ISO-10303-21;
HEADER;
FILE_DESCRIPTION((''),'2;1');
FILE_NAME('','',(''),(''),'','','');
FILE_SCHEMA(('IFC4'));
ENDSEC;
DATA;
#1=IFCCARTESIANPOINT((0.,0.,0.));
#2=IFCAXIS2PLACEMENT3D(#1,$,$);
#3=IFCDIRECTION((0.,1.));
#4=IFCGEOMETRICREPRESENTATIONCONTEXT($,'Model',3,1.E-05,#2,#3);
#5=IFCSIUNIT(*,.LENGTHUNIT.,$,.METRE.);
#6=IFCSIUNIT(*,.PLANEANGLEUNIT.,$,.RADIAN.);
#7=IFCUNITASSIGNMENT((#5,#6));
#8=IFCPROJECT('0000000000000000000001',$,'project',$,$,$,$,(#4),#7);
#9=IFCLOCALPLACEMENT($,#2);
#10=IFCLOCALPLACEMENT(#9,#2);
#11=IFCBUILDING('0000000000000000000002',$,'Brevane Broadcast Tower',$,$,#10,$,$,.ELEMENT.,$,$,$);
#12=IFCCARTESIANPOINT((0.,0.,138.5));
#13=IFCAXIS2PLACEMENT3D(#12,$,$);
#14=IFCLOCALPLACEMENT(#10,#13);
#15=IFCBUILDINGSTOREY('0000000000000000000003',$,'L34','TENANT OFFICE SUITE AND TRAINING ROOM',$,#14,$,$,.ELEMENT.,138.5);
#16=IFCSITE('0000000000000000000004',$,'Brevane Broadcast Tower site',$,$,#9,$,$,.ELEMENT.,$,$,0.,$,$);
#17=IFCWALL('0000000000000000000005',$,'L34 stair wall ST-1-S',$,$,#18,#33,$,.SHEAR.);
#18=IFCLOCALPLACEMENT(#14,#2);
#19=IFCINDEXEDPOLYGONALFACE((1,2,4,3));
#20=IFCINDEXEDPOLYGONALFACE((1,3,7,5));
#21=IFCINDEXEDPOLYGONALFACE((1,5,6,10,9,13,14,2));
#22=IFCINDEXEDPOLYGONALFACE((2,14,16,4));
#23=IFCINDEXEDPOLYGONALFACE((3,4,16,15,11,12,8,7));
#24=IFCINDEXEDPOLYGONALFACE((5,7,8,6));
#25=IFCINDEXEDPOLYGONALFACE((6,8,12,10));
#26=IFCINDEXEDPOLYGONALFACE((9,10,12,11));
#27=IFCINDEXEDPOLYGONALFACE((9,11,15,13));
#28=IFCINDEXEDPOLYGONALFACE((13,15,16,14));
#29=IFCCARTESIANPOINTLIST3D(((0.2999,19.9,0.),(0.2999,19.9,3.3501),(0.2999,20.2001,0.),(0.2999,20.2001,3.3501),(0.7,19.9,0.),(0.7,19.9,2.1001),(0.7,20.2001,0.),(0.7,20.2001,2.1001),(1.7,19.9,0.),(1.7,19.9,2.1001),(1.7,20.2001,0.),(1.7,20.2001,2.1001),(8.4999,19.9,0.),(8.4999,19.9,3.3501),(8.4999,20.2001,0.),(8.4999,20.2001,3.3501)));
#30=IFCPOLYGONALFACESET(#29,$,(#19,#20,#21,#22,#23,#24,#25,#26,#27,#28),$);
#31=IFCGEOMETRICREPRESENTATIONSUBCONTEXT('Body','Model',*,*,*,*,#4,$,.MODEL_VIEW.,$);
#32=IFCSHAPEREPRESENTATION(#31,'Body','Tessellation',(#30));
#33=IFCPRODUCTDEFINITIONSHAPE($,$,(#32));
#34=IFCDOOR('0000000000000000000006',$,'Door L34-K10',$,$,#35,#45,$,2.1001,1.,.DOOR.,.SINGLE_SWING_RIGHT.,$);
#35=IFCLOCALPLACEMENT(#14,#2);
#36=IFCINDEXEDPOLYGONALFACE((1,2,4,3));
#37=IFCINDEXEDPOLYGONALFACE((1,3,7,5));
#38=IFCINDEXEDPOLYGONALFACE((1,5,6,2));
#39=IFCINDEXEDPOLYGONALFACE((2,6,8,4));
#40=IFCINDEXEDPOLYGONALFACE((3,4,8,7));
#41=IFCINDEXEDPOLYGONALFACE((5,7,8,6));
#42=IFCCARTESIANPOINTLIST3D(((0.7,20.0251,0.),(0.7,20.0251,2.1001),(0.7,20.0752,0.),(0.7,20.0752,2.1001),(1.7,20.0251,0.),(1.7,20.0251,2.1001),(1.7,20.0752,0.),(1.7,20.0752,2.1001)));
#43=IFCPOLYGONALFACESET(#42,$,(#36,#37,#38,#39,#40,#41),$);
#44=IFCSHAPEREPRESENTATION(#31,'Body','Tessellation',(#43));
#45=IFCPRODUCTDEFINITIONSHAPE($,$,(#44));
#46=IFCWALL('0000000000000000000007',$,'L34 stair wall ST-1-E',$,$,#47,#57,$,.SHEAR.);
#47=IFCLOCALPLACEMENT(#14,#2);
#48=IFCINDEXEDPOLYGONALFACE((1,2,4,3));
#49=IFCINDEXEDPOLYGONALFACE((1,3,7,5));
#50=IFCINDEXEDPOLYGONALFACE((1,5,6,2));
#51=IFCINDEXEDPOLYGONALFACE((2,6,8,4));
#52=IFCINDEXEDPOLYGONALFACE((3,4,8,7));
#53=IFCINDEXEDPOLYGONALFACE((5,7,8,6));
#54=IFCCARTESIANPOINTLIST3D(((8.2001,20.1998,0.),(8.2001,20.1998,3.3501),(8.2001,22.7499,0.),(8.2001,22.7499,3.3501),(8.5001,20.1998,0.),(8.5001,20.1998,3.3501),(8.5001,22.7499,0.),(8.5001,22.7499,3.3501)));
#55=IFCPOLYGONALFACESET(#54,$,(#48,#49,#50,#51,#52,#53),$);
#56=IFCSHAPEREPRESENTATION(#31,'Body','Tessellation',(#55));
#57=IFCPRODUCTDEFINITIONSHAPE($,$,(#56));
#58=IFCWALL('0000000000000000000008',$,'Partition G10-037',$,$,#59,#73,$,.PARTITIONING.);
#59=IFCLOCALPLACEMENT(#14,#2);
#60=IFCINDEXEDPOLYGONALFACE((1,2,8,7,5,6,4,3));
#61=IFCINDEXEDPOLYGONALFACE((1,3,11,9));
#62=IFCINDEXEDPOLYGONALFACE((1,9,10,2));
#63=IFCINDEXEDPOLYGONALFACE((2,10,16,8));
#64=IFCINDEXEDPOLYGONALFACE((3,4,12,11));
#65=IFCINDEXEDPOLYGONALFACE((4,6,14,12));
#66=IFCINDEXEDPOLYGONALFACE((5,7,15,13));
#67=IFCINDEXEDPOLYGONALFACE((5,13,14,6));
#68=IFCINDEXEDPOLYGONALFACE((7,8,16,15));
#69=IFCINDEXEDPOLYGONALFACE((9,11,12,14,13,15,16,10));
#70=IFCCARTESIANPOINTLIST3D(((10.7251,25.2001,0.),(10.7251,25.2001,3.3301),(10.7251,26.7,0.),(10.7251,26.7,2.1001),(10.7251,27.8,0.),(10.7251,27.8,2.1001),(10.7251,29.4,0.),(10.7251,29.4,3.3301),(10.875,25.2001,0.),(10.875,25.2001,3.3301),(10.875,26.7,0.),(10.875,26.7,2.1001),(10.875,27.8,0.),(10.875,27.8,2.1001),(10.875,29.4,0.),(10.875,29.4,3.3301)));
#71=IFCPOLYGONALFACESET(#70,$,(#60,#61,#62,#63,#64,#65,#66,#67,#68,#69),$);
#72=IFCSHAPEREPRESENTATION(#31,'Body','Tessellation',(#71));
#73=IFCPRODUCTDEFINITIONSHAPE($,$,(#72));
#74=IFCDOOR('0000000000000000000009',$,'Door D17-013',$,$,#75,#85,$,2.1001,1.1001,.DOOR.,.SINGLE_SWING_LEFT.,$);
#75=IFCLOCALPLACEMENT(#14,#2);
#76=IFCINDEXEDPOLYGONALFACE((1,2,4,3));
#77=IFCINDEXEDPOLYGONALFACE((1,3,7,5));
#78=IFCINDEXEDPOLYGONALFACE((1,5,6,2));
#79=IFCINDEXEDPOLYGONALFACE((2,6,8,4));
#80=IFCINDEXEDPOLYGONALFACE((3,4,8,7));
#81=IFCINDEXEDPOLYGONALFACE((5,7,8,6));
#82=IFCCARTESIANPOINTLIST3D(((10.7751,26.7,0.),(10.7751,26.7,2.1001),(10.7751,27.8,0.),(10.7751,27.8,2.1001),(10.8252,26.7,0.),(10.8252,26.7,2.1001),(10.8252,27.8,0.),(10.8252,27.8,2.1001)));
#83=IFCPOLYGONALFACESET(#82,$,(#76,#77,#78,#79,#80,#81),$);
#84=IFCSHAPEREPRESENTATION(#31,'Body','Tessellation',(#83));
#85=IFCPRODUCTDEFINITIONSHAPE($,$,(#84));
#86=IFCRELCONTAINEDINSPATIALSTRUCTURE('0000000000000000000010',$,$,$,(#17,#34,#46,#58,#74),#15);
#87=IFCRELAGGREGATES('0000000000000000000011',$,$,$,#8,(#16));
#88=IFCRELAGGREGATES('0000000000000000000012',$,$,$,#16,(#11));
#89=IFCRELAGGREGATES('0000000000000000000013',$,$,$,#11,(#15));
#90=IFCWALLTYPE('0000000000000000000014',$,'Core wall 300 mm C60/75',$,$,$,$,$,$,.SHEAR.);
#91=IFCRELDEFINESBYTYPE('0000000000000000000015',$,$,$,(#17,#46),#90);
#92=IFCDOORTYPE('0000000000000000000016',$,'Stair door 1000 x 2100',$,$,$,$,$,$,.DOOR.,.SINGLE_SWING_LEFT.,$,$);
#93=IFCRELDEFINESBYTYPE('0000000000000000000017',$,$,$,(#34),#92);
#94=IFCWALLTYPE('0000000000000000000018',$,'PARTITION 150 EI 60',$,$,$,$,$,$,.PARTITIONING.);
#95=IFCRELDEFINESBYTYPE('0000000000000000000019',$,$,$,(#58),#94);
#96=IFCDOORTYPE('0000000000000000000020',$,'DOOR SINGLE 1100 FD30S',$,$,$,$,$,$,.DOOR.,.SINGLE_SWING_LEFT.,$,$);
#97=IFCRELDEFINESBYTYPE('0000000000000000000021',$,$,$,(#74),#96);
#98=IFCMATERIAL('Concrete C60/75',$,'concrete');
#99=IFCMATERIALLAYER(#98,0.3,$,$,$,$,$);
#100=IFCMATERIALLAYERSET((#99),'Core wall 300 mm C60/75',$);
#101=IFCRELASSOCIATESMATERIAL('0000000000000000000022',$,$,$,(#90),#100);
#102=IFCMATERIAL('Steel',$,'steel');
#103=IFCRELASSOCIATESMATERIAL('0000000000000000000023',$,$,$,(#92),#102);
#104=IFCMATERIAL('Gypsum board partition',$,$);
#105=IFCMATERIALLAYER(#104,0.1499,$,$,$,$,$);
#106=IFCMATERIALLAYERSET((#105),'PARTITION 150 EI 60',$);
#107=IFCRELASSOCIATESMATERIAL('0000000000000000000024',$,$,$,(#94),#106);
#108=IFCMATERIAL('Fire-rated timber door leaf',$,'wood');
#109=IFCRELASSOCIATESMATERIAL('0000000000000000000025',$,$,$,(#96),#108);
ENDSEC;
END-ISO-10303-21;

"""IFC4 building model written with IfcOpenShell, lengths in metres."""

from ifc_helpers import new_model, si_unit, direction, frame, frame_2d, origin, place, context, subcontext, project, spatial, rectangle, extrude, material, layer, layer_set, type_object, element, fill, save


model = new_model("IFC4")

# Units and contexts
model_context = context("Model", 3, precision=1e-05, world=origin(), true_north=direction((0.0, 1.0)))
body_context = subcontext(model_context, "Body", "Model", "MODEL_VIEW")
ifc_project = project(units=[si_unit("LENGTHUNIT", "METRE"), si_unit("PLANEANGLEUNIT", "RADIAN")], contexts=[model_context])

# Site, building, storey
site_placement = place(None, origin())
site = spatial("IfcSite", under=ifc_project, at=site_placement, Name="Brevane Broadcast Tower site", CompositionType="ELEMENT", RefElevation=0.0)
building_placement = place(site_placement, origin())
building = spatial("IfcBuilding", under=site, at=building_placement, Name="Brevane Broadcast Tower", CompositionType="ELEMENT")
storey_placement = place(building_placement, frame((0.0, 0.0, 138.5)))
storey = spatial("IfcBuildingStorey", under=building, at=storey_placement, Name="L34", Description="TENANT OFFICE SUITE AND TRAINING ROOM", CompositionType="ELEMENT", Elevation=138.5)

# Shared definitions
ifc_material_1 = material(Name="Concrete C60/75", Category="concrete")

# Shared definitions
ifc_material_2 = material(Name="Steel", Category="steel")

# Wall, opening, door
ifc_layer_1 = layer(ifc_material_1, 0.3)
ifc_layer_set_1 = layer_set([ifc_layer_1], Name="Core wall 300 mm C60/75")
wall_type_1 = type_object("IfcWallType", Name="Core wall 300 mm C60/75", PredefinedType="SHEAR", material=ifc_layer_set_1)
wall_1_placement = place(storey_placement, frame((8.5, 20.05, 0.0), z_axis=(0.0, 0.0, 1.0), x_axis=(-1.0, 0.0, 0.0)))
wall_1 = element("IfcWall", 1, at=wall_1_placement, inside=storey, type_object=wall_type_1, Name="L34 stair wall ST-1-S", PredefinedType="SHEAR", context=body_context, shape_type="SweptSolid", body=[
    extrude(rectangle(XDim=8.2, YDim=0.3, at=frame_2d((4.1001, 0.0))), origin(), (0.0, 0.0, 1.0), 3.3501),
])
opening_1_placement = place(wall_1_placement, frame((6.8, 0.0, 0.0)))
opening_1 = element("IfcOpeningElement", 2, at=opening_1_placement, cuts=wall_1, PredefinedType="OPENING", context=body_context, shape_type="SweptSolid", body=[
    extrude(rectangle(XDim=1.0, YDim=2.1001, at=frame_2d((0.5, 1.05))), frame((0.0, 0.1599, 0.0), z_axis=(0.0, -1.0, 0.0), x_axis=(1.0, 0.0, 0.0)), (0.0, 0.0, 1.0), 0.3201),
])
door_type_1 = type_object("IfcDoorType", Name="Stair door 1000 x 2100", OperationType="SINGLE_SWING_LEFT", PredefinedType="DOOR", material=ifc_material_2)
door_1_placement = place(opening_1_placement, origin())
door_1 = element("IfcDoor", 3, at=door_1_placement, inside=storey, type_object=door_type_1, Name="Door L34-K10", OperationType="SINGLE_SWING_RIGHT", OverallHeight=2.1001, OverallWidth=1.0, PredefinedType="DOOR", context=body_context, shape_type="SweptSolid", body=[
    extrude(rectangle(XDim=1.0, YDim=2.1001, at=frame_2d((0.5, 1.05))), frame((0.0, 0.0249, 0.0), z_axis=(0.0, -1.0, 0.0), x_axis=(1.0, 0.0, 0.0)), (0.0, 0.0, 1.0), 0.05),
])
fill(opening_1, door_1)

# Wall
wall_2_placement = place(storey_placement, frame((8.3501, 20.2, 0.0), z_axis=(0.0, 0.0, 1.0), x_axis=(0.0, 1.0, 0.0)))
element("IfcWall", 4, at=wall_2_placement, inside=storey, type_object=wall_type_1, Name="L34 stair wall ST-1-E", PredefinedType="SHEAR", context=body_context, shape_type="SweptSolid", body=[
    extrude(rectangle(XDim=2.55, YDim=0.3, at=frame_2d((1.2749, 0.0))), origin(), (0.0, 0.0, 1.0), 3.3501),
])

# Wall, opening, door
ifc_material_3 = material(Name="Gypsum board partition")
ifc_layer_2 = layer(ifc_material_3, 0.1499)
ifc_layer_set_2 = layer_set([ifc_layer_2], Name="PARTITION 150 EI 60")
wall_type_2 = type_object("IfcWallType", Name="PARTITION 150 EI 60", PredefinedType="PARTITIONING", material=ifc_layer_set_2)
wall_3_placement = place(storey_placement, frame((10.8, 25.2, 0.0), z_axis=(0.0, 0.0, 1.0), x_axis=(0.0, 1.0, 0.0)))
wall_3 = element("IfcWall", 5, at=wall_3_placement, inside=storey, type_object=wall_type_2, Name="Partition G10-037", PredefinedType="PARTITIONING", context=body_context, shape_type="SweptSolid", body=[
    extrude(rectangle(XDim=4.2, YDim=0.1499, at=frame_2d((2.1001, 0.0))), origin(), (0.0, 0.0, 1.0), 3.3301),
])
opening_2_placement = place(wall_3_placement, frame((1.5, 0.0, 0.0)))
opening_2 = element("IfcOpeningElement", 6, at=opening_2_placement, cuts=wall_3, PredefinedType="OPENING", context=body_context, shape_type="SweptSolid", body=[
    extrude(rectangle(XDim=1.1001, YDim=2.1001, at=frame_2d((0.55, 1.05))), frame((0.0, 0.085, 0.0), z_axis=(0.0, -1.0, 0.0), x_axis=(1.0, 0.0, 0.0)), (0.0, 0.0, 1.0), 0.1699),
])
ifc_material_4 = material(Name="Fire-rated timber door leaf", Category="wood")
door_type_2 = type_object("IfcDoorType", Name="DOOR SINGLE 1100 FD30S", OperationType="SINGLE_SWING_LEFT", PredefinedType="DOOR", material=ifc_material_4)
door_2_placement = place(opening_2_placement, origin())
door_2 = element("IfcDoor", 7, at=door_2_placement, inside=storey, type_object=door_type_2, Name="Door D17-013", OperationType="SINGLE_SWING_LEFT", OverallHeight=2.1001, OverallWidth=1.1001, PredefinedType="DOOR", context=body_context, shape_type="SweptSolid", body=[
    extrude(rectangle(XDim=1.1001, YDim=2.1001, at=frame_2d((0.55, 1.05))), frame((0.0, 0.0249, 0.0), z_axis=(0.0, -1.0, 0.0), x_axis=(1.0, 0.0, 0.0)), (0.0, 0.0, 1.0), 0.05),
])
fill(opening_2, door_2)

save(model, "model.ifc")
